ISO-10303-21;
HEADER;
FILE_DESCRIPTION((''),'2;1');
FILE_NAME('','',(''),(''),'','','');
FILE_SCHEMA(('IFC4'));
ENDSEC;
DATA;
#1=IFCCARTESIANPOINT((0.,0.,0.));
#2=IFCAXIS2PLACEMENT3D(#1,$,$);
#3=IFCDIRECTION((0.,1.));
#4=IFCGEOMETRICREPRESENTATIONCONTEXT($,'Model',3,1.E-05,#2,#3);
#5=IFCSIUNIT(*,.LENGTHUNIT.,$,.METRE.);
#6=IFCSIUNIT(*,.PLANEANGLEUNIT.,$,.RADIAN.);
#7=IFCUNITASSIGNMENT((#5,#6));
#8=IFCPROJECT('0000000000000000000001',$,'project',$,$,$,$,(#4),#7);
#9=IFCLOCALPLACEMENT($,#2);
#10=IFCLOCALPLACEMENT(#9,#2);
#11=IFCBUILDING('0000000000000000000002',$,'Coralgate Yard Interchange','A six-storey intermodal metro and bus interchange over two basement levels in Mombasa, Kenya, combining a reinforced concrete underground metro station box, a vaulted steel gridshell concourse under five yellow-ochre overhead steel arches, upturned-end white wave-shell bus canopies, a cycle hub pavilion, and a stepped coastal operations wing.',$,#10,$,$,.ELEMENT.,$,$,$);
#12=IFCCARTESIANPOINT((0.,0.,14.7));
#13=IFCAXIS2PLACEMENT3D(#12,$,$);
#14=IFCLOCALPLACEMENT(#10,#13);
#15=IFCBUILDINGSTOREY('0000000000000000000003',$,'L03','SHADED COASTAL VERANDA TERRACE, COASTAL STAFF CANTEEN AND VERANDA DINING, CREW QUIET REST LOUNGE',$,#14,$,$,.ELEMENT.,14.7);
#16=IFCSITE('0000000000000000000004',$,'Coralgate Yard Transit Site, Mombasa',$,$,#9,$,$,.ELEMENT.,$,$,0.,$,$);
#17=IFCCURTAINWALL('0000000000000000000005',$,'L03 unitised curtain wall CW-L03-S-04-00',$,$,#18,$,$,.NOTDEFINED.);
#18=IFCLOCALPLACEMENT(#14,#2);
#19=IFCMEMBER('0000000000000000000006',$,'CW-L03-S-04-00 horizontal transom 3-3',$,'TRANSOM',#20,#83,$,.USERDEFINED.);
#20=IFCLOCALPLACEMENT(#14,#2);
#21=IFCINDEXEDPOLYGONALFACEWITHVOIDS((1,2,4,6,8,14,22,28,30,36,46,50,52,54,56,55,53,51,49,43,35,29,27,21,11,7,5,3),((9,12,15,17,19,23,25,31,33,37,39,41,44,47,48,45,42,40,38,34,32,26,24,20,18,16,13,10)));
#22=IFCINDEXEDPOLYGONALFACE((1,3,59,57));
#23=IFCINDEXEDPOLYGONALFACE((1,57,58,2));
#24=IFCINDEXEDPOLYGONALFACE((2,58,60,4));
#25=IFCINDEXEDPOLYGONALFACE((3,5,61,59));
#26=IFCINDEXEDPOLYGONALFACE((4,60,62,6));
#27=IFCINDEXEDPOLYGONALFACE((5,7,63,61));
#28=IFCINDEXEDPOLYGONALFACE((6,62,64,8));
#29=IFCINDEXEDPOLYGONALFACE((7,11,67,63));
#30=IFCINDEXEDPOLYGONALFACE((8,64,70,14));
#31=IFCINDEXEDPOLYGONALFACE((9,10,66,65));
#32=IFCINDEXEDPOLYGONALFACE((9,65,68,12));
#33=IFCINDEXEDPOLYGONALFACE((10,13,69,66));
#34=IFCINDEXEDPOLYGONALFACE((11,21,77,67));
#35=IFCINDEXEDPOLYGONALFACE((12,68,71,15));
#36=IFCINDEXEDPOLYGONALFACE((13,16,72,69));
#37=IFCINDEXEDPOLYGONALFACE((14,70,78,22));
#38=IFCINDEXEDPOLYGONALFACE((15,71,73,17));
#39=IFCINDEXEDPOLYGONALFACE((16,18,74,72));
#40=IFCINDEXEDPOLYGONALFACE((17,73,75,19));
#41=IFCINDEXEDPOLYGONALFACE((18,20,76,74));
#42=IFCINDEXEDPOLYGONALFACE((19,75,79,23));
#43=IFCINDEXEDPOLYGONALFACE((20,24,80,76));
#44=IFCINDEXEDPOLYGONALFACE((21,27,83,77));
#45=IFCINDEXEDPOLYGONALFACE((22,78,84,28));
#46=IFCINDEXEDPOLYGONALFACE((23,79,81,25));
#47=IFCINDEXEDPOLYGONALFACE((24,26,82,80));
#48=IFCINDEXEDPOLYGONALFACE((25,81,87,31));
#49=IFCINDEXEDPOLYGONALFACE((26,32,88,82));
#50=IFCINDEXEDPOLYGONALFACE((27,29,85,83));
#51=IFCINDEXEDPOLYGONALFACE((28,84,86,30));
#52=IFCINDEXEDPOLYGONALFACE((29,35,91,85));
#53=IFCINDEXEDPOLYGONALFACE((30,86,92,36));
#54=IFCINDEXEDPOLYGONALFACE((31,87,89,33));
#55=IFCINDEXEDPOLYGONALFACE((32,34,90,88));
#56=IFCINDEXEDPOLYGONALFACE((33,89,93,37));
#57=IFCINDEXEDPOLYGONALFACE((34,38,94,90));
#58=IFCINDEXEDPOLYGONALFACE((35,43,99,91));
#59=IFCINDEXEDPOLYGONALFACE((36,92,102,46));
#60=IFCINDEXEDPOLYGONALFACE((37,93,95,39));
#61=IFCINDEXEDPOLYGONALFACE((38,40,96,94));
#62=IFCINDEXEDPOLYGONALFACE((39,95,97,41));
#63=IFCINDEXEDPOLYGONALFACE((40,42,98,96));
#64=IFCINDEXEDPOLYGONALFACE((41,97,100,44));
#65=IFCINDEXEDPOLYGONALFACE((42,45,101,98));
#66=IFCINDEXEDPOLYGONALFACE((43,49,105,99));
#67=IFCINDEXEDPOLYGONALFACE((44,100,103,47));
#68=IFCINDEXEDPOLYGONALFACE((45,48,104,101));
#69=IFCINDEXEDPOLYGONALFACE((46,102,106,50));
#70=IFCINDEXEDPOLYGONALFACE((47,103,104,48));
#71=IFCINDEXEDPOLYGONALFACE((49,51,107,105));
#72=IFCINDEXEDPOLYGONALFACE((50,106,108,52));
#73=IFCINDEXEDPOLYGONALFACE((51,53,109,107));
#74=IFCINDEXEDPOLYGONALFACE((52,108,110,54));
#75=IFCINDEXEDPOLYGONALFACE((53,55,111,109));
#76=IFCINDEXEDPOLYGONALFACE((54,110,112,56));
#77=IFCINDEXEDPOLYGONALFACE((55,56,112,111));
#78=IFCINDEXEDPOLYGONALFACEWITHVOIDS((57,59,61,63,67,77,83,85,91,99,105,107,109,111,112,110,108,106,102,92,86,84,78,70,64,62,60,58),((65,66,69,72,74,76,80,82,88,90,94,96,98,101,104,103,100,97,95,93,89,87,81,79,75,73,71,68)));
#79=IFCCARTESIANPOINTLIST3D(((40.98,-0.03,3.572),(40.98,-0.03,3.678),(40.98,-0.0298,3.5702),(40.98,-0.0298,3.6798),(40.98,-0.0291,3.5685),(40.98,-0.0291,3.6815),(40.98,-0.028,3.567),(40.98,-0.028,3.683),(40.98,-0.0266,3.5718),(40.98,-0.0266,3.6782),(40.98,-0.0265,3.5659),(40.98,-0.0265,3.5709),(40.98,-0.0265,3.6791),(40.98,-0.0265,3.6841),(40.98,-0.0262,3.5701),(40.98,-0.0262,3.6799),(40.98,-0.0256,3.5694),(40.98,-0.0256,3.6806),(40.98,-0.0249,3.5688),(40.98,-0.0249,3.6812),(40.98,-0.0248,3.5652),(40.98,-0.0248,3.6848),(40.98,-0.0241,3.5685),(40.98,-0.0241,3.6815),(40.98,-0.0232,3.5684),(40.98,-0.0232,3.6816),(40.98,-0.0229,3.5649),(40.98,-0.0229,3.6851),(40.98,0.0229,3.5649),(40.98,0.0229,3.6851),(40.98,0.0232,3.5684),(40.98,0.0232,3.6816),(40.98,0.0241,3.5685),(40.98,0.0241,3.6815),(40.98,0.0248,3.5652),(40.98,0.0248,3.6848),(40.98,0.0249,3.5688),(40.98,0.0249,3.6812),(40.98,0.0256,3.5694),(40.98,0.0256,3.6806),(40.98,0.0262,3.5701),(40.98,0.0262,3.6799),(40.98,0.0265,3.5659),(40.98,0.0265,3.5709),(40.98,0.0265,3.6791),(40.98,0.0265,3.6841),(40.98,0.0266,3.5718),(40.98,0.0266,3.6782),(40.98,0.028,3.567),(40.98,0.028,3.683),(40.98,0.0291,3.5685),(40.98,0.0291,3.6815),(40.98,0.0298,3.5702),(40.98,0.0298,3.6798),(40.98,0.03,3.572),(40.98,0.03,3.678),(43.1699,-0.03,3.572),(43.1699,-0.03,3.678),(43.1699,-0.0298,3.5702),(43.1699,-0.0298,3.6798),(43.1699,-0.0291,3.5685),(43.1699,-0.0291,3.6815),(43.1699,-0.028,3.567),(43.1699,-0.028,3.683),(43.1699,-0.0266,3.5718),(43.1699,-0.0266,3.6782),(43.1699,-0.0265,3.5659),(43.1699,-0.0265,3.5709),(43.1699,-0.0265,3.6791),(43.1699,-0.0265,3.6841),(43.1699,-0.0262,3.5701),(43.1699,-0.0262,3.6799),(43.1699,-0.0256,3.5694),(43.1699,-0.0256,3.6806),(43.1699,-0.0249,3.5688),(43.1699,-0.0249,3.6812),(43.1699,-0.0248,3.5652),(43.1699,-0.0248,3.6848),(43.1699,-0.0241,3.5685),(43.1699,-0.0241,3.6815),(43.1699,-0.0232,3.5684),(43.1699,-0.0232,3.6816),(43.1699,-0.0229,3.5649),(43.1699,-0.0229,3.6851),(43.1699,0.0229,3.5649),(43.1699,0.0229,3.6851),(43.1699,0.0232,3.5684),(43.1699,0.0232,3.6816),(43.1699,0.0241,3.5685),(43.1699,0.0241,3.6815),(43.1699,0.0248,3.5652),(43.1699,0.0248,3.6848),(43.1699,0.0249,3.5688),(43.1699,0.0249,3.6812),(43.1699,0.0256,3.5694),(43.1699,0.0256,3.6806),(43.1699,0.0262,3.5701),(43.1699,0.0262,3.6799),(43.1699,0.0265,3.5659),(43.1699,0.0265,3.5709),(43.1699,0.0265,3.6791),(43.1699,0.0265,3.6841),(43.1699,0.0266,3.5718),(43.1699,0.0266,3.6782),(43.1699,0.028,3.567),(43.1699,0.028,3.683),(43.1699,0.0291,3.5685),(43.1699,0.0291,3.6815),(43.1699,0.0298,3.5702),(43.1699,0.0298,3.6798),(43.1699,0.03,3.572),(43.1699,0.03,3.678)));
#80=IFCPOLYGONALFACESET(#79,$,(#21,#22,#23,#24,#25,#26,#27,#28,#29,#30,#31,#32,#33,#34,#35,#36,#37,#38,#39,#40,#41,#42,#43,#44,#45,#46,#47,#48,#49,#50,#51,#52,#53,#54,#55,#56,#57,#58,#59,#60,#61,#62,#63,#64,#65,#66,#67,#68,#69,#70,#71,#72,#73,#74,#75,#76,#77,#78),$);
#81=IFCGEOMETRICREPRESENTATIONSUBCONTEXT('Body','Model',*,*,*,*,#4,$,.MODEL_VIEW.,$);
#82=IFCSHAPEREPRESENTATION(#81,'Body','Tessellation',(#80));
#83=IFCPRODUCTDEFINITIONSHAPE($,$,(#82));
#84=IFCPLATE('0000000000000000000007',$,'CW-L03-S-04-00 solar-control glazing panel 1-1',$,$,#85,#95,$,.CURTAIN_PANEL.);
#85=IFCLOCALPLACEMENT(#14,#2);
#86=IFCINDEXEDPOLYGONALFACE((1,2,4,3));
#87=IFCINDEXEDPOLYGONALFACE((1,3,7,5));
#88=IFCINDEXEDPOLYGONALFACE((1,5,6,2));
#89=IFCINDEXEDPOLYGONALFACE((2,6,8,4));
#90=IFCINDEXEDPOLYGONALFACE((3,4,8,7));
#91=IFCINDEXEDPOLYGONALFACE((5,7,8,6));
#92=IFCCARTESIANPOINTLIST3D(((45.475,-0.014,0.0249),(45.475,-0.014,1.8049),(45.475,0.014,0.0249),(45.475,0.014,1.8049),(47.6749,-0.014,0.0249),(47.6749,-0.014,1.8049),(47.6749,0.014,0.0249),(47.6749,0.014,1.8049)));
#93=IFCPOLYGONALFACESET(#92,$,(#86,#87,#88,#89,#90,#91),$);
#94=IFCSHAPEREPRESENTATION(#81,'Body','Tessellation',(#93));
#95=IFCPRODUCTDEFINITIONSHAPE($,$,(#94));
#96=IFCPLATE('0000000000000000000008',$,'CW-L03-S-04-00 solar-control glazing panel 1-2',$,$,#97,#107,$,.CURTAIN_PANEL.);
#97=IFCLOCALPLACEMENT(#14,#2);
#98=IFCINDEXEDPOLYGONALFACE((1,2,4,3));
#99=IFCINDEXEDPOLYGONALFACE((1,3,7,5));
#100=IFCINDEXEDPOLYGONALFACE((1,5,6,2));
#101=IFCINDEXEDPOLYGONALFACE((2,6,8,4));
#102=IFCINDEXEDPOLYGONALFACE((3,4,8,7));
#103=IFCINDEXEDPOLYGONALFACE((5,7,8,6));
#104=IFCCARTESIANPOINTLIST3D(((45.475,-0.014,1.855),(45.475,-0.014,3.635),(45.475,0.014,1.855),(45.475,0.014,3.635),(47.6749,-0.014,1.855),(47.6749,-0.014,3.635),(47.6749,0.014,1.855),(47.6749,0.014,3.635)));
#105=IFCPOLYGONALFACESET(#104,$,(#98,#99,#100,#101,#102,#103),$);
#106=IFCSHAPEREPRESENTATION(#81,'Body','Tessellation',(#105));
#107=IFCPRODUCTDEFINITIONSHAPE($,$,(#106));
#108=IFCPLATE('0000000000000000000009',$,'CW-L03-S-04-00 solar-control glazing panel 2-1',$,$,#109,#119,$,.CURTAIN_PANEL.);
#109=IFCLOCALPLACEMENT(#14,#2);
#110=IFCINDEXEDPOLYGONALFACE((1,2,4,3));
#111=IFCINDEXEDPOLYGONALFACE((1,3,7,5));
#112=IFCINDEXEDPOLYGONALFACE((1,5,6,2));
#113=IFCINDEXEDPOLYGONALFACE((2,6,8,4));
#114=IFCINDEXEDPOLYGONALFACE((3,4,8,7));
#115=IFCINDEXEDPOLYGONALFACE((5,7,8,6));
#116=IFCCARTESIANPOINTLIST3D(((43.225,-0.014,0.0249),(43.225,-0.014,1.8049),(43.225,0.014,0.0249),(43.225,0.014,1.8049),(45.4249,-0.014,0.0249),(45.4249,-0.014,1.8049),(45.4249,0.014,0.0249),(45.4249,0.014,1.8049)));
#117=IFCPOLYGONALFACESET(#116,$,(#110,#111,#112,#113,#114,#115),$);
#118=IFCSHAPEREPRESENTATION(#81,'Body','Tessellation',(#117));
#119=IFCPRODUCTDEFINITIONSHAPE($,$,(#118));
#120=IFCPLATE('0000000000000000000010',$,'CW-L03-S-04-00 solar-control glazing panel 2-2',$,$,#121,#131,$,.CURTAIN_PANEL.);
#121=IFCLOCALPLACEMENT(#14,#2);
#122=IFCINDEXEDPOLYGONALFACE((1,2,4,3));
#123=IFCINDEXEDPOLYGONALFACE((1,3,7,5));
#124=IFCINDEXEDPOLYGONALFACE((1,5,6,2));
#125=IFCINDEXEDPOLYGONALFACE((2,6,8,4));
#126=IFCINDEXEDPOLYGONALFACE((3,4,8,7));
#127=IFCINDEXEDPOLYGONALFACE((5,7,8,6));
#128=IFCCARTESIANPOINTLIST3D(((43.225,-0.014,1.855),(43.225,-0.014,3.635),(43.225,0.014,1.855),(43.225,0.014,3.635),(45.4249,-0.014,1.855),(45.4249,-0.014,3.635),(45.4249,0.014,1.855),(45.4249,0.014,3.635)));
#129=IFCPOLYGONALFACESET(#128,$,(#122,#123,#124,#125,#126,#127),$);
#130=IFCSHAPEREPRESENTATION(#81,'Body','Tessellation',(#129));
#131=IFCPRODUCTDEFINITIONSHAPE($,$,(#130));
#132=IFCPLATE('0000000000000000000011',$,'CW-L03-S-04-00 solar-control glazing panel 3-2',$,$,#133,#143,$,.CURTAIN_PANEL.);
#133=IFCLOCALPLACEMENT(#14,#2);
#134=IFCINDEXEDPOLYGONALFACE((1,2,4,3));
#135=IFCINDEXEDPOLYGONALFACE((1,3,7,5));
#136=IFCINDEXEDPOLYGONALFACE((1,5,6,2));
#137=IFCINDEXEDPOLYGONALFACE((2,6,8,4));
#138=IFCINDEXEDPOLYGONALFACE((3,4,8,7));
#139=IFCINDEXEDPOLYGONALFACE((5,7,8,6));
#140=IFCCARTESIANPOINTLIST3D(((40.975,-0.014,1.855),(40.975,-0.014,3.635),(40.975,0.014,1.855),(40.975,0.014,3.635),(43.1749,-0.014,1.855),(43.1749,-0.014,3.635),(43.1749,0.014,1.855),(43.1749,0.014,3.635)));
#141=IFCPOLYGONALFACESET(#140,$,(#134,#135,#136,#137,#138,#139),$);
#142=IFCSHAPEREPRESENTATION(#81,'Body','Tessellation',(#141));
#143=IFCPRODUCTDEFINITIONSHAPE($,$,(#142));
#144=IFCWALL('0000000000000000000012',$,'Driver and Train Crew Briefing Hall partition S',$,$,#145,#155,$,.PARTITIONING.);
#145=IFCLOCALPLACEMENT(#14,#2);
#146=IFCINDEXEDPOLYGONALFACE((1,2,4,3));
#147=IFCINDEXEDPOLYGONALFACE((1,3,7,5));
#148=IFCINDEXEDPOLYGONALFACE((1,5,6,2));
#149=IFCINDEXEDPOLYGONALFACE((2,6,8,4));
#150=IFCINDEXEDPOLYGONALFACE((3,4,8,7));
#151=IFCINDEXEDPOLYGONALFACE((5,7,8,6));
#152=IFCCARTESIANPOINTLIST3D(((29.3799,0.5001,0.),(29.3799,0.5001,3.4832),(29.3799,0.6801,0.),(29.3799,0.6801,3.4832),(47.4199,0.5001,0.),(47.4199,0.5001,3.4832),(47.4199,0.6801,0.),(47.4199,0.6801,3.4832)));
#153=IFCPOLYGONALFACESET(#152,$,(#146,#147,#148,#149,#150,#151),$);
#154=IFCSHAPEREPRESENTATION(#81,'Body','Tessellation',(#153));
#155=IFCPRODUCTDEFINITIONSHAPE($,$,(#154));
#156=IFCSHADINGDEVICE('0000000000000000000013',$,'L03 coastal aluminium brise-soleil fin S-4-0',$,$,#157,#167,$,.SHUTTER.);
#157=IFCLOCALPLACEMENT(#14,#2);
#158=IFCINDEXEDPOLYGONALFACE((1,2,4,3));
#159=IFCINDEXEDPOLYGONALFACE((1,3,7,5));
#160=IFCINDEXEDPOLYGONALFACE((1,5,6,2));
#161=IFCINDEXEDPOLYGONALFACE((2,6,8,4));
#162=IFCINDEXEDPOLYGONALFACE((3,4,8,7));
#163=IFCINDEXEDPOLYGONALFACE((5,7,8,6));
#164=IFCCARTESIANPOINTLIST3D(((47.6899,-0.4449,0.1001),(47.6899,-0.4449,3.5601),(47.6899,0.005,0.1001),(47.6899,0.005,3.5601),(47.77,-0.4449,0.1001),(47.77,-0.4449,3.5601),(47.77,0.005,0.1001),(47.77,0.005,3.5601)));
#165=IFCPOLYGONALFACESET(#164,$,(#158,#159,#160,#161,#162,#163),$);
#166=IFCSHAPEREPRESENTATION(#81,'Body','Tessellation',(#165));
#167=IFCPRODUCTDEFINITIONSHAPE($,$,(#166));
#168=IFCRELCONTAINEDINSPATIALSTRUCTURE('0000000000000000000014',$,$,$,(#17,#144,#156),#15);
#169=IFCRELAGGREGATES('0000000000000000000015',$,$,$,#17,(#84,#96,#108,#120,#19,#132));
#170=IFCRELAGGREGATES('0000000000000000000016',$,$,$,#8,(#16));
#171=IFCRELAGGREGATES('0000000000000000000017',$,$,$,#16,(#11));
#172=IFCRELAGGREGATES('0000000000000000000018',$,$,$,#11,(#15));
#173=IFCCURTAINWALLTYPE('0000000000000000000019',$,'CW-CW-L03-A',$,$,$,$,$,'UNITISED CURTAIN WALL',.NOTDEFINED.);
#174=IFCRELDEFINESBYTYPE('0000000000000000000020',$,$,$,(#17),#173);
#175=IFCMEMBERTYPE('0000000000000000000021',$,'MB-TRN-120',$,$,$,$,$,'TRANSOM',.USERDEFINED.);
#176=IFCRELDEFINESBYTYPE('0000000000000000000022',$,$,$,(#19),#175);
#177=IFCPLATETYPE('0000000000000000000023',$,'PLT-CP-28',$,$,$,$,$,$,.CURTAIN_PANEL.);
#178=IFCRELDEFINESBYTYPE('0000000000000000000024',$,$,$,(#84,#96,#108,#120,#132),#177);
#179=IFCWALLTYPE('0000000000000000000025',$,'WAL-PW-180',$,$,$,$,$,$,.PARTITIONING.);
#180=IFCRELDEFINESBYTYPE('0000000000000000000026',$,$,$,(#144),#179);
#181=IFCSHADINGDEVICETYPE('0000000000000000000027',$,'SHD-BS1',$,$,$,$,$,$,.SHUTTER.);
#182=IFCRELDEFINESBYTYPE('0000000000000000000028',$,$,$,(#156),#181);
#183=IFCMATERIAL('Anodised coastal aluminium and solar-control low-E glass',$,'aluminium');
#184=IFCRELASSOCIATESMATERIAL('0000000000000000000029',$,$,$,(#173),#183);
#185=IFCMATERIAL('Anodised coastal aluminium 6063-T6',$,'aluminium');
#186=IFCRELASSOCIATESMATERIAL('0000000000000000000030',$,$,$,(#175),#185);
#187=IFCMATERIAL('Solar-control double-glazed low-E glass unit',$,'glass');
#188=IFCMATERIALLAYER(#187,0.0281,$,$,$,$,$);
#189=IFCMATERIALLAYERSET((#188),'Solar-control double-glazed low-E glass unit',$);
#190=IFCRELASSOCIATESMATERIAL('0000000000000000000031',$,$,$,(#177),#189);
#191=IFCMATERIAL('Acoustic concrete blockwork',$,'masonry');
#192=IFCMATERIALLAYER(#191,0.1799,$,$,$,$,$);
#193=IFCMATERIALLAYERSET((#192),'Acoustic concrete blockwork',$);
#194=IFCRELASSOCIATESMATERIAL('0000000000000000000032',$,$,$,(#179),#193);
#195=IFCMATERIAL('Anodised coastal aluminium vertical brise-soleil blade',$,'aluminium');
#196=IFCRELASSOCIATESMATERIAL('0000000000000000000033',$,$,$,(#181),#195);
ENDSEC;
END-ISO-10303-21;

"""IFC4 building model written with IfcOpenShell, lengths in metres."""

from ifc_helpers import new_model, si_unit, direction, frame, frame_2d, origin, origin_2d, place, context, subcontext, project, spatial, rectangle, hollow_rectangle, extrude, material, layer, layer_set, material_profile, profile_set, type_object, element, aggregate, save


model = new_model("IFC4")

# Units and contexts
model_context = context("Model", 3, precision=1e-05, world=origin(), true_north=direction((0.0, 1.0)))
body_context = subcontext(model_context, "Body", "Model", "MODEL_VIEW")
ifc_project = project(units=[si_unit("LENGTHUNIT", "METRE"), si_unit("PLANEANGLEUNIT", "RADIAN")], contexts=[model_context])

# Site, building, storey
site_placement = place(None, origin())
site = spatial("IfcSite", under=ifc_project, at=site_placement, Name="Coralgate Yard Transit Site, Mombasa", CompositionType="ELEMENT", RefElevation=0.0)
building_placement = place(site_placement, origin())
building = spatial("IfcBuilding", under=site, at=building_placement, Name="Coralgate Yard Interchange", Description="A six-storey intermodal metro and bus interchange over two basement levels in Mombasa, Kenya, combining a reinforced concrete underground metro station box, a vaulted steel gridshell concourse under five yellow-ochre overhead steel arches, upturned-end white wave-shell bus canopies, a cycle hub pavilion, and a stepped coastal operations wing.", CompositionType="ELEMENT")
storey_placement = place(building_placement, frame((0.0, 0.0, 14.7)))
storey = spatial("IfcBuildingStorey", under=building, at=storey_placement, Name="L03", Description="SHADED COASTAL VERANDA TERRACE, COASTAL STAFF CANTEEN AND VERANDA DINING, CREW QUIET REST LOUNGE", CompositionType="ELEMENT", Elevation=14.7)

# Curtain wall, member, plates
ifc_material_1 = material(Name="Anodised coastal aluminium and solar-control low-E glass", Category="aluminium")
curtain_wall_type = type_object("IfcCurtainWallType", Name="CW-CW-L03-A", ElementType="UNITISED CURTAIN WALL", PredefinedType="NOTDEFINED", material=ifc_material_1)
curtain_wall_placement = place(storey_placement, origin())
curtain_wall = element("IfcCurtainWall", 1, at=curtain_wall_placement, inside=storey, type_object=curtain_wall_type, Name="L03 unitised curtain wall CW-L03-S-04-00", PredefinedType="NOTDEFINED")
ifc_material_2 = material(Name="Anodised coastal aluminium 6063-T6", Category="aluminium")
ifc_material_profile_1 = material_profile(ifc_material_2, hollow_rectangle(XDim=0.0601, YDim=0.1201, WallThickness=0.0034, InnerFilletRadius=0.0034, OuterFilletRadius=0.0071, at=origin_2d()), Name="ALU 60x120x3.5")
ifc_profile_set_1 = profile_set([ifc_material_profile_1], Name="Anodised coastal aluminium 6063-T6")
member_type_1 = type_object("IfcMemberType", Name="MB-TRN-120", ElementType="TRANSOM", PredefinedType="USERDEFINED", material=ifc_profile_set_1)
member_1_placement = place(storey_placement, frame((43.1699, 0.0, 3.625), z_axis=(-1.0, 0.0, 0.0), x_axis=(0.0, -1.0, 0.0)))
member_1 = element("IfcMember", 2, at=member_1_placement, type_object=member_type_1, Name="CW-L03-S-04-00 horizontal transom 3-3", ObjectType="TRANSOM", PredefinedType="USERDEFINED", context=body_context, shape_type="SweptSolid", body=[
    extrude(hollow_rectangle(XDim=0.0601, YDim=0.1201, WallThickness=0.0034, InnerFilletRadius=0.0034, OuterFilletRadius=0.0071, at=origin_2d()), origin(), (0.0, 0.0, 1.0), 2.1899),
])
ifc_material_3 = material(Name="Solar-control double-glazed low-E glass unit", Category="glass")
ifc_layer_1 = layer(ifc_material_3, 0.0281)
ifc_layer_set_1 = layer_set([ifc_layer_1], Name="Solar-control double-glazed low-E glass unit")
plate_type = type_object("IfcPlateType", Name="PLT-CP-28", PredefinedType="CURTAIN_PANEL", material=ifc_layer_set_1)
plate_1_placement = place(storey_placement, frame((46.575, 0.0, 0.0249), z_axis=(0.0, 0.0, 1.0), x_axis=(-1.0, 0.0, 0.0)))
plate_1 = element("IfcPlate", 3, at=plate_1_placement, type_object=plate_type, Name="CW-L03-S-04-00 solar-control glazing panel 1-1", PredefinedType="CURTAIN_PANEL", context=body_context, shape_type="SweptSolid", body=[
    extrude(rectangle(XDim=2.2, YDim=0.0281, at=origin_2d()), origin(), (0.0, 0.0, 1.0), 1.78),
])
plate_2_placement = place(storey_placement, frame((46.575, 0.0, 1.855), z_axis=(0.0, 0.0, 1.0), x_axis=(-1.0, 0.0, 0.0)))
plate_2 = element("IfcPlate", 4, at=plate_2_placement, type_object=plate_type, Name="CW-L03-S-04-00 solar-control glazing panel 1-2", PredefinedType="CURTAIN_PANEL", context=body_context, shape_type="SweptSolid", body=[
    extrude(rectangle(XDim=2.2, YDim=0.0281, at=origin_2d()), origin(), (0.0, 0.0, 1.0), 1.78),
])
plate_3_placement = place(storey_placement, frame((44.325, 0.0, 0.0249), z_axis=(0.0, 0.0, 1.0), x_axis=(-1.0, 0.0, 0.0)))
plate_3 = element("IfcPlate", 5, at=plate_3_placement, type_object=plate_type, Name="CW-L03-S-04-00 solar-control glazing panel 2-1", PredefinedType="CURTAIN_PANEL", context=body_context, shape_type="SweptSolid", body=[
    extrude(rectangle(XDim=2.2, YDim=0.0281, at=origin_2d()), origin(), (0.0, 0.0, 1.0), 1.78),
])
plate_4_placement = place(storey_placement, frame((44.325, 0.0, 1.855), z_axis=(0.0, 0.0, 1.0), x_axis=(-1.0, 0.0, 0.0)))
plate_4 = element("IfcPlate", 6, at=plate_4_placement, type_object=plate_type, Name="CW-L03-S-04-00 solar-control glazing panel 2-2", PredefinedType="CURTAIN_PANEL", context=body_context, shape_type="SweptSolid", body=[
    extrude(rectangle(XDim=2.2, YDim=0.0281, at=origin_2d()), origin(), (0.0, 0.0, 1.0), 1.78),
])
plate_5_placement = place(storey_placement, frame((42.075, 0.0, 1.855), z_axis=(0.0, 0.0, 1.0), x_axis=(-1.0, 0.0, 0.0)))
plate_5 = element("IfcPlate", 7, at=plate_5_placement, type_object=plate_type, Name="CW-L03-S-04-00 solar-control glazing panel 3-2", PredefinedType="CURTAIN_PANEL", context=body_context, shape_type="SweptSolid", body=[
    extrude(rectangle(XDim=2.2, YDim=0.0281, at=origin_2d()), origin(), (0.0, 0.0, 1.0), 1.78),
])
aggregate(curtain_wall, [plate_1, plate_2, plate_3, plate_4, member_1, plate_5])

# Wall
ifc_material_4 = material(Name="Acoustic concrete blockwork", Category="masonry")
ifc_layer_2 = layer(ifc_material_4, 0.1799)
ifc_layer_set_2 = layer_set([ifc_layer_2], Name="Acoustic concrete blockwork")
wall_type = type_object("IfcWallType", Name="WAL-PW-180", PredefinedType="PARTITIONING", material=ifc_layer_set_2)
wall_placement = place(storey_placement, frame((47.4199, 0.5901, 0.0), z_axis=(0.0, 0.0, 1.0), x_axis=(-1.0, 0.0, 0.0)))
element("IfcWall", 8, at=wall_placement, inside=storey, type_object=wall_type, Name="Driver and Train Crew Briefing Hall partition S", PredefinedType="PARTITIONING", context=body_context, shape_type="SweptSolid", body=[
    extrude(rectangle(XDim=18.04, YDim=0.1799, at=frame_2d((9.02, 0.0))), origin(), (0.0, 0.0, 1.0), 3.4832),
])

# Shading device
ifc_material_5 = material(Name="Anodised coastal aluminium vertical brise-soleil blade", Category="aluminium")
shading_device_type = type_object("IfcShadingDeviceType", Name="SHD-BS1", PredefinedType="SHUTTER", material=ifc_material_5)
shading_device_placement = place(storey_placement, frame((47.73, -0.22, 0.1001), z_axis=(0.0, 0.0, 1.0), x_axis=(-1.0, 0.0, 0.0)))
element("IfcShadingDevice", 9, at=shading_device_placement, inside=storey, type_object=shading_device_type, Name="L03 coastal aluminium brise-soleil fin S-4-0", PredefinedType="SHUTTER", context=body_context, shape_type="SweptSolid", body=[
    extrude(rectangle(XDim=0.0801, YDim=0.45, at=origin_2d()), origin(), (0.0, 0.0, 1.0), 3.46),
])

save(model, "model.ifc")
